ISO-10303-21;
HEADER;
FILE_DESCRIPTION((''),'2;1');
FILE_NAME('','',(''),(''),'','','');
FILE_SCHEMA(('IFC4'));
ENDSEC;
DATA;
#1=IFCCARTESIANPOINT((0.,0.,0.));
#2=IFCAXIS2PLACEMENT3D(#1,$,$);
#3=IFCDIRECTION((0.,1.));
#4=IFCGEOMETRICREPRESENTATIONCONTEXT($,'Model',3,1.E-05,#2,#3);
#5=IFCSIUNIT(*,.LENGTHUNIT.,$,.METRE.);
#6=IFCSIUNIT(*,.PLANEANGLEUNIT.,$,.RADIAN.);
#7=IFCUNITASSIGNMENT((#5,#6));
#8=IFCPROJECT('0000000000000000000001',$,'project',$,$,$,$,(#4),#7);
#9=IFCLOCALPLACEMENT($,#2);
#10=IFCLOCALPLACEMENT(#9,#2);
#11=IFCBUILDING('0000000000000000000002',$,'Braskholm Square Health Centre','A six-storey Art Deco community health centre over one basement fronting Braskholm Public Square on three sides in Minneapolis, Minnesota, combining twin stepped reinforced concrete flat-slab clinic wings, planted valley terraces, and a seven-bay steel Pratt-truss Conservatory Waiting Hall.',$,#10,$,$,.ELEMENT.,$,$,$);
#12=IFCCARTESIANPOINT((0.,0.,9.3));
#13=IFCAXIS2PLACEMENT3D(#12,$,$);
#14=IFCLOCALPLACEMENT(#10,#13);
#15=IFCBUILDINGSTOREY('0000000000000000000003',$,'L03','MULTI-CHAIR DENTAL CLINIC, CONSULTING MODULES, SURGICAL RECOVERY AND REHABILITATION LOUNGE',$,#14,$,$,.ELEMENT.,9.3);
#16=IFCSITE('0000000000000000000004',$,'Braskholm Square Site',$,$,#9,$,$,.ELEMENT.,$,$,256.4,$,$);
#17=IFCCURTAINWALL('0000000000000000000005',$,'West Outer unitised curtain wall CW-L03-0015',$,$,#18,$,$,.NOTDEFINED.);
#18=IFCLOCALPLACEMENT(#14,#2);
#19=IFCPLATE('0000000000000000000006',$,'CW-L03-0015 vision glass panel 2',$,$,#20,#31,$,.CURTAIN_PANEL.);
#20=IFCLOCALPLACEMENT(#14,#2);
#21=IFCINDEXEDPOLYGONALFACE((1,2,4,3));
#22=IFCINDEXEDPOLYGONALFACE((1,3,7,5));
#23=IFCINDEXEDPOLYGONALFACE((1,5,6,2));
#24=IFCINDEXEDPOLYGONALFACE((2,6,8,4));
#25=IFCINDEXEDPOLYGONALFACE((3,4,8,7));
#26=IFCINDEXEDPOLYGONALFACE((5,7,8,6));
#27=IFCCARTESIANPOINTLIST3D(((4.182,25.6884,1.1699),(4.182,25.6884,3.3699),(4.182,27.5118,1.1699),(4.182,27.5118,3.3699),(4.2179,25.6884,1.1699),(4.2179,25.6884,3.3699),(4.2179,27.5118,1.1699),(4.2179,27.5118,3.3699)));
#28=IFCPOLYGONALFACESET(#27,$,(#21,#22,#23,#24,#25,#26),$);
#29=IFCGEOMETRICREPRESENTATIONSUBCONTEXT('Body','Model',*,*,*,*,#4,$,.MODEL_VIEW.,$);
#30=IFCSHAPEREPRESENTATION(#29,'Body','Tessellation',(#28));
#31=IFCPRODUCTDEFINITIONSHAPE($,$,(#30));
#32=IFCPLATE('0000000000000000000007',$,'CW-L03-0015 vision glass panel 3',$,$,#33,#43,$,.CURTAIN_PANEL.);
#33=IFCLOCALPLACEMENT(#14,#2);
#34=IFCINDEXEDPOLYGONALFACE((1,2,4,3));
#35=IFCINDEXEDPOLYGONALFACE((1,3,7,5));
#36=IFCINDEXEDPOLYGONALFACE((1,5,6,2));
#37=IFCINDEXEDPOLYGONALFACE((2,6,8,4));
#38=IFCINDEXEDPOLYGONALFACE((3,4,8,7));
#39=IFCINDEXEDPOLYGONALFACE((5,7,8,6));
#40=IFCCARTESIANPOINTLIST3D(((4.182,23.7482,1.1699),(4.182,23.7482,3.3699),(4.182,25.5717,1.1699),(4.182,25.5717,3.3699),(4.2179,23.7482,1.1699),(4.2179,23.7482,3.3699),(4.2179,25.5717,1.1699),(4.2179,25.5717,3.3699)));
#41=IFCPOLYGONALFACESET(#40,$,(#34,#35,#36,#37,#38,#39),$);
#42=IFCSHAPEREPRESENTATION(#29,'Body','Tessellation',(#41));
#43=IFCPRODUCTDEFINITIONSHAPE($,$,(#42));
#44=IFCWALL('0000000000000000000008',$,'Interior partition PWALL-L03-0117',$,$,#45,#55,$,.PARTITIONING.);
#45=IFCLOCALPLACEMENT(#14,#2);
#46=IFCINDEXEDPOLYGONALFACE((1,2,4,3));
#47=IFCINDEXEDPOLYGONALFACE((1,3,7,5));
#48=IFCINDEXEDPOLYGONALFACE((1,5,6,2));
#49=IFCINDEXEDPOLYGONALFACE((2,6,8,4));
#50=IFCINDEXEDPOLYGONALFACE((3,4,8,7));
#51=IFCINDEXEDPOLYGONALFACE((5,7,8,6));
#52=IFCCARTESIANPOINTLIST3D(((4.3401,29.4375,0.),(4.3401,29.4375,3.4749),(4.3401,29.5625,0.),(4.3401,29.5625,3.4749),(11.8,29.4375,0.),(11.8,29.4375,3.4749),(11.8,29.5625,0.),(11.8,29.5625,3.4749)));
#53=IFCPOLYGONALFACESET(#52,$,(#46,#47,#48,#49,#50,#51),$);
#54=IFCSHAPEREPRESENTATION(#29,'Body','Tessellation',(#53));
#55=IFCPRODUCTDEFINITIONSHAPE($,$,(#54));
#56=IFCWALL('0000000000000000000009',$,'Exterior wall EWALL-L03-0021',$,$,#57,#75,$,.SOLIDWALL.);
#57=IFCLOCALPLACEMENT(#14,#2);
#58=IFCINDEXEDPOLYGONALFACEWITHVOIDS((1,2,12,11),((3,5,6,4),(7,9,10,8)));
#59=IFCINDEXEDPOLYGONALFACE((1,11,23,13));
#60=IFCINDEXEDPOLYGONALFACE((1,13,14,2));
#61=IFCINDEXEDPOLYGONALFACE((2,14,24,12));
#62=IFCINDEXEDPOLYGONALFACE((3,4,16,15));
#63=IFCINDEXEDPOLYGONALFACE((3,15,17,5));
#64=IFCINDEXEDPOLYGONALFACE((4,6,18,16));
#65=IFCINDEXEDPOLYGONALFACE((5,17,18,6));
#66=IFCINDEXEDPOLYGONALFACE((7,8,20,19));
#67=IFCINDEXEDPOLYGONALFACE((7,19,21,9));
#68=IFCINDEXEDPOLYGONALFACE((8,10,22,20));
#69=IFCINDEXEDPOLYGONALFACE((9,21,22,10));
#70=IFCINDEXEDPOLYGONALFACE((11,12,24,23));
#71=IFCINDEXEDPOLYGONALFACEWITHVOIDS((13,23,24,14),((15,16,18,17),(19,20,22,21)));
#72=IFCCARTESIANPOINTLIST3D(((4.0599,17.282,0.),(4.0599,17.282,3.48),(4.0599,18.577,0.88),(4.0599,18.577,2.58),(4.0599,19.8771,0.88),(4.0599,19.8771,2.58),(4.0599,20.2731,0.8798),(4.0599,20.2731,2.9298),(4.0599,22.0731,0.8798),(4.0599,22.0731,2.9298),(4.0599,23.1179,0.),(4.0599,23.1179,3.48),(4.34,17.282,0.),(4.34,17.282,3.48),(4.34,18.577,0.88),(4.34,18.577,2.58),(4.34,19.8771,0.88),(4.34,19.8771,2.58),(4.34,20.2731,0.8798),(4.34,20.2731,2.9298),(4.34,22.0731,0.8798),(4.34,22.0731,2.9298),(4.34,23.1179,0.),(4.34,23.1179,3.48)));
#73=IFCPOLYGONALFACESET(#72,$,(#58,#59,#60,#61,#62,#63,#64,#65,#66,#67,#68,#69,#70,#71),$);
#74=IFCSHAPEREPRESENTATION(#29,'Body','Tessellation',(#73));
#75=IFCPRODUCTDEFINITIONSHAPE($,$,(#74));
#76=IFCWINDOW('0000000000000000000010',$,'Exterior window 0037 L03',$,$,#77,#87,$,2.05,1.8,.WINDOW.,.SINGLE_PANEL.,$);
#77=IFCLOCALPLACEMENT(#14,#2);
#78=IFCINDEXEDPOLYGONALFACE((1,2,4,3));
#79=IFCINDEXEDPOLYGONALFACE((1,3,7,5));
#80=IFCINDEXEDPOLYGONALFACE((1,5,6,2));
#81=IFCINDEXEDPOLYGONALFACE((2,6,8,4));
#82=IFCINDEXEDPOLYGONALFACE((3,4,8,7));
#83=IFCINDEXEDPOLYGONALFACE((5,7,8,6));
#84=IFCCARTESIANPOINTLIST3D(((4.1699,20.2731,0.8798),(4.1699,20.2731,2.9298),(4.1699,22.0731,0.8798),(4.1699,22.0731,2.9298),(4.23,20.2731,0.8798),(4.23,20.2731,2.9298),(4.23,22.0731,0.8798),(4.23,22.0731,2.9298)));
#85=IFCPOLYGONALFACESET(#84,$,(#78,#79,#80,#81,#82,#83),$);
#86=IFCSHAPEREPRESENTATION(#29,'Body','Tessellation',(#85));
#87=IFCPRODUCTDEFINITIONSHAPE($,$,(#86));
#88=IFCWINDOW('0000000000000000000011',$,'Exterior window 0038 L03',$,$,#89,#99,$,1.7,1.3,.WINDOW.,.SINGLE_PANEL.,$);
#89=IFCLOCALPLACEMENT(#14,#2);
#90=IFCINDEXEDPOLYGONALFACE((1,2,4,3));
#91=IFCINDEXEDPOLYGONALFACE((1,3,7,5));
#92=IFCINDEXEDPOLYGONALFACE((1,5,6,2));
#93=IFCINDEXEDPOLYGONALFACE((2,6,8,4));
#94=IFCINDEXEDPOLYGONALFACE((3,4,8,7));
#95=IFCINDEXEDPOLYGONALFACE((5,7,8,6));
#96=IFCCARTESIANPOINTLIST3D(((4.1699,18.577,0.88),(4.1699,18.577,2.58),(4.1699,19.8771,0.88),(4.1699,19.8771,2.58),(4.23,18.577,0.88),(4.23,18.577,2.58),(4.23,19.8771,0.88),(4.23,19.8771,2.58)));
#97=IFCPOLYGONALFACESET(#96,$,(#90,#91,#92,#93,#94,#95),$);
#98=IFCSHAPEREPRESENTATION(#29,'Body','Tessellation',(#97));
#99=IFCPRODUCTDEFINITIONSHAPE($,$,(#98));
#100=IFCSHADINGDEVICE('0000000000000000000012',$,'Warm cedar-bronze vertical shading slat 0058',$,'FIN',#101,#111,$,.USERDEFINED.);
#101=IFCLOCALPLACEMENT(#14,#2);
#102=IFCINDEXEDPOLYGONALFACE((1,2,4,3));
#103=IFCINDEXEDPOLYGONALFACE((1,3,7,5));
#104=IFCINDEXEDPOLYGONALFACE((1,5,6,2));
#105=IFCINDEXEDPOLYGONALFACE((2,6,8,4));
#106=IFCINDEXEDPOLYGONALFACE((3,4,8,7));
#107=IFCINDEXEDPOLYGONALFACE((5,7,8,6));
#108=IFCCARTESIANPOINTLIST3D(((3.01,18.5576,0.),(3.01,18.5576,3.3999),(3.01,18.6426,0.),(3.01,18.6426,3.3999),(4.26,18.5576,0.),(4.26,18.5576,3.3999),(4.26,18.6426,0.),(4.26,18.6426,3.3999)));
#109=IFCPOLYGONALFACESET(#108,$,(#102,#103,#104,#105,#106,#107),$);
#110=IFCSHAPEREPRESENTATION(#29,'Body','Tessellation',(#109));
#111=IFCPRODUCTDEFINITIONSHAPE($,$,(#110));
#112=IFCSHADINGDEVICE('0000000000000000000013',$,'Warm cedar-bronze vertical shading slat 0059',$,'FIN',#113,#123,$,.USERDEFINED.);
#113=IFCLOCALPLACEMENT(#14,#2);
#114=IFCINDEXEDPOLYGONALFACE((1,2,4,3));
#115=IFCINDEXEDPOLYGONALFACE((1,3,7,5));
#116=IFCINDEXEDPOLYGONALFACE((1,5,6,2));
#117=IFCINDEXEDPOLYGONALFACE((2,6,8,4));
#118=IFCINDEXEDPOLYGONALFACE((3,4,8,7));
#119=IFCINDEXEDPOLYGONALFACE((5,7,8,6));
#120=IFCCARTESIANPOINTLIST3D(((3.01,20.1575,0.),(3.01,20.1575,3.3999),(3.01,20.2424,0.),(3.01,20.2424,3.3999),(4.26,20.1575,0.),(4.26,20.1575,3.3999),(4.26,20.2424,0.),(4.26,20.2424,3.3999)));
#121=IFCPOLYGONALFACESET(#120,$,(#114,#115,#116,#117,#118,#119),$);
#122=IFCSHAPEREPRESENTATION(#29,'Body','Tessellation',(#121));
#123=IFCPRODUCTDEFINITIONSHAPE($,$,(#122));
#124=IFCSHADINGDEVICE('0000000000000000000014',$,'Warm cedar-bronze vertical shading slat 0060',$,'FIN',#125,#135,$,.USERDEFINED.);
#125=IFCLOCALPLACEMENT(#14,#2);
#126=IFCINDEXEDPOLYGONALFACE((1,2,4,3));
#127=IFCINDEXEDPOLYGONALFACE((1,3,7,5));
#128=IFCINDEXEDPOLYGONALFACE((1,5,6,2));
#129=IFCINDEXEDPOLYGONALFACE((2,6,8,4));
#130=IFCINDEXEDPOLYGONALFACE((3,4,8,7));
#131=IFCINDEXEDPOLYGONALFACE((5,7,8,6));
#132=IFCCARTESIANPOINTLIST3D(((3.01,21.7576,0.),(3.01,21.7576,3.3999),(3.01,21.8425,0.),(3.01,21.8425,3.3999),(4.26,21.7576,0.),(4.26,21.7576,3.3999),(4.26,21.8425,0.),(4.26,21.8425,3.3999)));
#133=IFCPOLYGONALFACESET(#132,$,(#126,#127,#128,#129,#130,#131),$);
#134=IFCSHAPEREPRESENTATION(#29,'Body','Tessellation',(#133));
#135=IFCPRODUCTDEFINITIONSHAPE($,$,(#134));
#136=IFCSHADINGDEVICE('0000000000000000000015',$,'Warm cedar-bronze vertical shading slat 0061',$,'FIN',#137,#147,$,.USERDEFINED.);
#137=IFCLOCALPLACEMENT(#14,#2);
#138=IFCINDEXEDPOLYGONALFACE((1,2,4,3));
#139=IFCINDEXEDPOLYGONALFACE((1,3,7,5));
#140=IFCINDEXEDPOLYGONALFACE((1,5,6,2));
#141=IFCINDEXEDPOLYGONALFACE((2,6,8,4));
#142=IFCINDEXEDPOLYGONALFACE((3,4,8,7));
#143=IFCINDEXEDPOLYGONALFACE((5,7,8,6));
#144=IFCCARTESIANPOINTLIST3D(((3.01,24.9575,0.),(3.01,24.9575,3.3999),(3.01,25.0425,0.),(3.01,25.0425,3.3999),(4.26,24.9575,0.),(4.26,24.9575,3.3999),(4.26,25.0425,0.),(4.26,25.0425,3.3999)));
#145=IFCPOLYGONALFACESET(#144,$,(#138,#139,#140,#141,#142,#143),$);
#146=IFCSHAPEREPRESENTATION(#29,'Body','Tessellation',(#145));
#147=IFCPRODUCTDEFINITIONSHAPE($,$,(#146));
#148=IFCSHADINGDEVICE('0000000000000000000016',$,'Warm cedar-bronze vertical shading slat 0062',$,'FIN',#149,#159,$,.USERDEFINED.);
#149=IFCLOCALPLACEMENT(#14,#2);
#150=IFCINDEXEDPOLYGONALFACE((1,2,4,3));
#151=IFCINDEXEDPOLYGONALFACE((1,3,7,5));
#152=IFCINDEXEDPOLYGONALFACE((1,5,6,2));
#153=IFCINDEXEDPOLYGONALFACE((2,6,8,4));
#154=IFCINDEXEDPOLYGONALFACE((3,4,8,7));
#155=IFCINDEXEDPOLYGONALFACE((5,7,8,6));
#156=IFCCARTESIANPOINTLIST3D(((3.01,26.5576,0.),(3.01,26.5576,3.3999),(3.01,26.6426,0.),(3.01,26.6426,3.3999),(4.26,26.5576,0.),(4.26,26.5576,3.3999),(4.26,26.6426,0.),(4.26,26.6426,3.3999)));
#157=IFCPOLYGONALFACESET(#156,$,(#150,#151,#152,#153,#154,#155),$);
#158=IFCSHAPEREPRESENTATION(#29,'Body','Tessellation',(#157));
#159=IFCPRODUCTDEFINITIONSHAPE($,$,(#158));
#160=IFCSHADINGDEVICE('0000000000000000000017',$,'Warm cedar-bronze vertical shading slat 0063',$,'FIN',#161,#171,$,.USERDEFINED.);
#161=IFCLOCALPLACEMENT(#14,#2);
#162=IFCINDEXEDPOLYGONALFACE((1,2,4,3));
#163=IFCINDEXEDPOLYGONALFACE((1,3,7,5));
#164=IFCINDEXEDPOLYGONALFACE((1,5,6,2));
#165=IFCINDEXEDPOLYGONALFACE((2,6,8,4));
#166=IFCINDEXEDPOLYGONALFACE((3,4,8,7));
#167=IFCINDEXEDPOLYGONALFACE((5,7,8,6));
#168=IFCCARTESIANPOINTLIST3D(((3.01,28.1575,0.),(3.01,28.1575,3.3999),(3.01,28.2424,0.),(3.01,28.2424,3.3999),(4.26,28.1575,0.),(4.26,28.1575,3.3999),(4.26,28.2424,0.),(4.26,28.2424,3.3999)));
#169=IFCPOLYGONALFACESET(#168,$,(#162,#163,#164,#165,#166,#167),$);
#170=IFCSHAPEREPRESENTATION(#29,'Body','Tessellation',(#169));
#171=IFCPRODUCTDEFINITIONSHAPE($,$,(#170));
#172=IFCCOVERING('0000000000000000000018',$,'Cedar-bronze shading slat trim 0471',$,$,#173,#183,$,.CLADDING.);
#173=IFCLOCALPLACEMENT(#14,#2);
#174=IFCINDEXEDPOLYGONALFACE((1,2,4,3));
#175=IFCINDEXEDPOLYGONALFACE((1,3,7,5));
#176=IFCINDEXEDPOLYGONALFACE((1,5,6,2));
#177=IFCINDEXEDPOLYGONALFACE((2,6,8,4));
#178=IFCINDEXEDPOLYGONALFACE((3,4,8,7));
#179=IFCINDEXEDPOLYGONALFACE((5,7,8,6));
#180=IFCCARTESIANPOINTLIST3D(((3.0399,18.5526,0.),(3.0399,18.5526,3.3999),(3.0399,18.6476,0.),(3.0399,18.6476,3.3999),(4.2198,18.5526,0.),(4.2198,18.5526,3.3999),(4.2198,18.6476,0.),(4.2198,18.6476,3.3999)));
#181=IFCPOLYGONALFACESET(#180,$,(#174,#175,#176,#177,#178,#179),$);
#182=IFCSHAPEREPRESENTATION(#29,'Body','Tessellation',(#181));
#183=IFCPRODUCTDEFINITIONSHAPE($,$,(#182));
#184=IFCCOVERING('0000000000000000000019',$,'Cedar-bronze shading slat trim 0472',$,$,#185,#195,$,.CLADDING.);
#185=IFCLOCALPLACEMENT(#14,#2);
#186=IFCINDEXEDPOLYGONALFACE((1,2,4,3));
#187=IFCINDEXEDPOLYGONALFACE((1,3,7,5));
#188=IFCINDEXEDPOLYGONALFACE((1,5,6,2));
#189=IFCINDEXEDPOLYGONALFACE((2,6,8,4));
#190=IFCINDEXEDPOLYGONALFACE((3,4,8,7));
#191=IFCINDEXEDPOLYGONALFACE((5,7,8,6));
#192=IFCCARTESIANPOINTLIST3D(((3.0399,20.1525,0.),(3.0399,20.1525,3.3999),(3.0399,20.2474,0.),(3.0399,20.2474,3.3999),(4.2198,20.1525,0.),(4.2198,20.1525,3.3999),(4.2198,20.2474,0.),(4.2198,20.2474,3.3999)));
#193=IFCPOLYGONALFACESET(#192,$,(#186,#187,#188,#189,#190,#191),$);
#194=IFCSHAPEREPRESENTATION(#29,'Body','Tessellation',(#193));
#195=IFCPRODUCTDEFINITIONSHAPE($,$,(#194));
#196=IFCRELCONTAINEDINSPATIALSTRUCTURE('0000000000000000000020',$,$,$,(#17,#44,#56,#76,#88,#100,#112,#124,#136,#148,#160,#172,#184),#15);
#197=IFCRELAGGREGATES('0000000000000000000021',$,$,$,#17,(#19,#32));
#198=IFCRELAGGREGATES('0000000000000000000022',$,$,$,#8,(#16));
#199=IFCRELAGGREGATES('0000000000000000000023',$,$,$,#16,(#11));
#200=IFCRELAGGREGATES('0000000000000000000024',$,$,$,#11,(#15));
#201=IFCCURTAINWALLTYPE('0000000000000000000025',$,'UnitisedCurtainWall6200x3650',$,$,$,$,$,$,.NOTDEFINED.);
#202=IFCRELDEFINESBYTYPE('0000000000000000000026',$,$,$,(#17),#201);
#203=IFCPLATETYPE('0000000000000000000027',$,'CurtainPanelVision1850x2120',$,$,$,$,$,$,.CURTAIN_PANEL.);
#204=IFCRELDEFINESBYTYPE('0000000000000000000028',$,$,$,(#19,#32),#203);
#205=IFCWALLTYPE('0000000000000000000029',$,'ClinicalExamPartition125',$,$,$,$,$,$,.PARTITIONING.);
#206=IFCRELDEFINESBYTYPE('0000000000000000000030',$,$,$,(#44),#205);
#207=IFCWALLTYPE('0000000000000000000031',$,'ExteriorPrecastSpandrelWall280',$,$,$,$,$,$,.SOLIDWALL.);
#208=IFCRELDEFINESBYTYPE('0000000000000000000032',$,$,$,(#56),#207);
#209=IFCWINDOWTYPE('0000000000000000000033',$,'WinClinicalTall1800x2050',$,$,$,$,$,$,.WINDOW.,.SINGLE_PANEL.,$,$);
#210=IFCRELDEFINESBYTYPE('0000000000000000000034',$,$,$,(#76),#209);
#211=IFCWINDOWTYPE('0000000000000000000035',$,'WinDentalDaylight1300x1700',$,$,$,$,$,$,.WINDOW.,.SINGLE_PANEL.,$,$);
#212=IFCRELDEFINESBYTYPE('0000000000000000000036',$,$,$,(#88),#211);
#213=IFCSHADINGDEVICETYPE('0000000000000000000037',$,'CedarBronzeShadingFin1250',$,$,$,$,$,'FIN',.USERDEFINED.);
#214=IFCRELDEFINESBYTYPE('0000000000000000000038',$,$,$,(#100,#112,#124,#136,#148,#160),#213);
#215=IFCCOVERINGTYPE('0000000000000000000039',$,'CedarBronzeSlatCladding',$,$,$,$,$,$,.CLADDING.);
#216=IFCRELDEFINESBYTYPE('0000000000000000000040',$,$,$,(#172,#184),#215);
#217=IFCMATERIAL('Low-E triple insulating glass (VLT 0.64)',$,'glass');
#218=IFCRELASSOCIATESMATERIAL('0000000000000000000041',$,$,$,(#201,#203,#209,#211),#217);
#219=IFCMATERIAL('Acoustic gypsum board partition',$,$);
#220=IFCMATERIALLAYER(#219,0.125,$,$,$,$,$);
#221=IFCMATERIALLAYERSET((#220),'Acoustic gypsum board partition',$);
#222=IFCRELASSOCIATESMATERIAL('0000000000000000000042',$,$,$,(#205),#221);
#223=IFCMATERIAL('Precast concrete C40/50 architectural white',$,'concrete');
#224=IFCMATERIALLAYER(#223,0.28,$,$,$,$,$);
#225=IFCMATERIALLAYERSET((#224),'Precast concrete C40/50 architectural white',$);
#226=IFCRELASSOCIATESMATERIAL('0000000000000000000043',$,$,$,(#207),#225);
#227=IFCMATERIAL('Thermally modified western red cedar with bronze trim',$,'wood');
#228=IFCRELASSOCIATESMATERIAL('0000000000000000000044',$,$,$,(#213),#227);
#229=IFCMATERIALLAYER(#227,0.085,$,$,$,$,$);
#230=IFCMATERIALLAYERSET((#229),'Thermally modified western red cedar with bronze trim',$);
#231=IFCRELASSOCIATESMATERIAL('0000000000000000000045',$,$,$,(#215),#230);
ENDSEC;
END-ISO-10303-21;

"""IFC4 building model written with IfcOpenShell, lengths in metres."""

from ifc_helpers import new_model, si_unit, direction, frame, frame_2d, origin, origin_with_axes, origin_2d, place, context, subcontext, project, spatial, rectangle, extrude, material, layer, layer_set, type_object, element, fill, aggregate, save


model = new_model("IFC4")

# Units and contexts
model_context = context("Model", 3, precision=1e-05, world=origin(), true_north=direction((0.0, 1.0)))
body_context = subcontext(model_context, "Body", "Model", "MODEL_VIEW")
ifc_project = project(units=[si_unit("LENGTHUNIT", "METRE"), si_unit("PLANEANGLEUNIT", "RADIAN")], contexts=[model_context])

# Site, building, storey
site_placement = place(None, origin())
site = spatial("IfcSite", under=ifc_project, at=site_placement, Name="Braskholm Square Site", CompositionType="ELEMENT", RefElevation=256.4)
building_placement = place(site_placement, origin())
building = spatial("IfcBuilding", under=site, at=building_placement, Name="Braskholm Square Health Centre", Description="A six-storey Art Deco community health centre over one basement fronting Braskholm Public Square on three sides in Minneapolis, Minnesota, combining twin stepped reinforced concrete flat-slab clinic wings, planted valley terraces, and a seven-bay steel Pratt-truss Conservatory Waiting Hall.", CompositionType="ELEMENT")
storey_placement = place(building_placement, frame((0.0, 0.0, 9.3)))
storey = spatial("IfcBuildingStorey", under=building, at=storey_placement, Name="L03", Description="MULTI-CHAIR DENTAL CLINIC, CONSULTING MODULES, SURGICAL RECOVERY AND REHABILITATION LOUNGE", CompositionType="ELEMENT", Elevation=9.3)

# Shared definitions
ifc_material_1 = material(Name="Precast concrete C40/50 architectural white", Category="concrete")

# Curtain wall
ifc_material_2 = material(Name="Low-E triple insulating glass (VLT 0.64)", Category="glass")
curtain_wall_type = type_object("IfcCurtainWallType", Name="UnitisedCurtainWall6200x3650", PredefinedType="NOTDEFINED", material=ifc_material_2)
curtain_wall_placement = place(storey_placement, origin())
curtain_wall = element("IfcCurtainWall", 1, at=curtain_wall_placement, inside=storey, type_object=curtain_wall_type, Name="West Outer unitised curtain wall CW-L03-0015", PredefinedType="NOTDEFINED")

# Plates
plate_type_1 = type_object("IfcPlateType", Name="CurtainPanelVision1850x2120", PredefinedType="CURTAIN_PANEL", material=ifc_material_2)
plate_1_placement = place(storey_placement, frame((4.2, 26.6001, 1.1699), z_axis=(0.0, 0.0, 1.0), x_axis=(0.0, -1.0, 0.0)))
plate_1 = element("IfcPlate", 2, at=plate_1_placement, type_object=plate_type_1, Name="CW-L03-0015 vision glass panel 2", PredefinedType="CURTAIN_PANEL", context=body_context, shape_type="SweptSolid", body=[
    extrude(rectangle(XDim=1.8235, YDim=0.0359, at=origin_2d()), origin(), (0.0, 0.0, 1.0), 2.2),
])
plate_2_placement = place(storey_placement, frame((4.2, 24.6599, 1.1699), z_axis=(0.0, 0.0, 1.0), x_axis=(0.0, -1.0, 0.0)))
plate_2 = element("IfcPlate", 3, at=plate_2_placement, type_object=plate_type_1, Name="CW-L03-0015 vision glass panel 3", PredefinedType="CURTAIN_PANEL", context=body_context, shape_type="SweptSolid", body=[
    extrude(rectangle(XDim=1.8235, YDim=0.0359, at=origin_2d()), origin(), (0.0, 0.0, 1.0), 2.2),
])
aggregate(curtain_wall, [plate_1, plate_2])

# Wall
ifc_material_3 = material(Name="Acoustic gypsum board partition")
ifc_layer_1 = layer(ifc_material_3, 0.125)
ifc_layer_set_1 = layer_set([ifc_layer_1], Name="Acoustic gypsum board partition")
wall_type_1 = type_object("IfcWallType", Name="ClinicalExamPartition125", PredefinedType="PARTITIONING", material=ifc_layer_set_1)
wall_1_placement = place(storey_placement, frame((4.3401, 29.5, 0.0), z_axis=(0.0, 0.0, 1.0), x_axis=(1.0, 0.0, 0.0)))
element("IfcWall", 4, at=wall_1_placement, inside=storey, type_object=wall_type_1, Name="Interior partition PWALL-L03-0117", PredefinedType="PARTITIONING", context=body_context, shape_type="SweptSolid", body=[
    extrude(rectangle(XDim=7.46, YDim=0.125, at=frame_2d((3.73, 0.0))), origin(), (0.0, 0.0, 1.0), 3.4749),
])

# Wall, openings, windows
ifc_layer_2 = layer(ifc_material_1, 0.28)
ifc_layer_set_2 = layer_set([ifc_layer_2], Name="Precast concrete C40/50 architectural white")
wall_type_2 = type_object("IfcWallType", Name="ExteriorPrecastSpandrelWall280", PredefinedType="SOLIDWALL", material=ifc_layer_set_2)
wall_2_placement = place(storey_placement, frame((4.2, 23.1179, 0.0), z_axis=(0.0, 0.0, 1.0), x_axis=(0.0, -1.0, 0.0)))
wall_2 = element("IfcWall", 5, at=wall_2_placement, inside=storey, type_object=wall_type_2, Name="Exterior wall EWALL-L03-0021", PredefinedType="SOLIDWALL", context=body_context, shape_type="SweptSolid", body=[
    extrude(rectangle(XDim=5.8359, YDim=0.28, at=frame_2d((2.918, 0.0))), origin(), (0.0, 0.0, 1.0), 3.48),
])
opening_1_placement = place(wall_2_placement, frame((1.0449, 0.0, 0.8799)))
opening_1 = element("IfcOpeningElement", 6, at=opening_1_placement, cuts=wall_2, PredefinedType="OPENING", context=body_context, shape_type="SweptSolid", body=[
    extrude(rectangle(XDim=1.8, YDim=2.05, at=frame_2d((0.8999, 1.0249))), frame((0.0, 0.1499, 0.0), z_axis=(0.0, -1.0, 0.0), x_axis=(1.0, 0.0, 0.0)), (0.0, 0.0, 1.0), 0.3),
])
opening_2_placement = place(wall_2_placement, frame((3.241, 0.0, 0.8799)))
opening_2 = element("IfcOpeningElement", 7, at=opening_2_placement, cuts=wall_2, PredefinedType="OPENING", context=body_context, shape_type="SweptSolid", body=[
    extrude(rectangle(XDim=1.3, YDim=1.7, at=frame_2d((0.6499, 0.8501))), frame((0.0, 0.1499, 0.0), z_axis=(0.0, -1.0, 0.0), x_axis=(1.0, 0.0, 0.0)), (0.0, 0.0, 1.0), 0.3),
])
window_type_1 = type_object("IfcWindowType", Name="WinClinicalTall1800x2050", PartitioningType="SINGLE_PANEL", PredefinedType="WINDOW", material=ifc_material_2)
window_1_placement = place(opening_1_placement, origin_with_axes())
window_1 = element("IfcWindow", 8, at=window_1_placement, inside=storey, type_object=window_type_1, Name="Exterior window 0037 L03", OverallHeight=2.05, OverallWidth=1.8, PartitioningType="SINGLE_PANEL", PredefinedType="WINDOW", context=body_context, shape_type="SweptSolid", body=[
    extrude(rectangle(XDim=1.8, YDim=2.05, at=frame_2d((0.8999, 1.0249))), frame((0.0, 0.03, 0.0), z_axis=(0.0, -1.0, 0.0), x_axis=(1.0, 0.0, 0.0)), (0.0, 0.0, 1.0), 0.0601),
])
fill(opening_1, window_1)
window_type_2 = type_object("IfcWindowType", Name="WinDentalDaylight1300x1700", PartitioningType="SINGLE_PANEL", PredefinedType="WINDOW", material=ifc_material_2)
window_2_placement = place(opening_2_placement, origin_with_axes())
window_2 = element("IfcWindow", 9, at=window_2_placement, inside=storey, type_object=window_type_2, Name="Exterior window 0038 L03", OverallHeight=1.7, OverallWidth=1.3, PartitioningType="SINGLE_PANEL", PredefinedType="WINDOW", context=body_context, shape_type="SweptSolid", body=[
    extrude(rectangle(XDim=1.3, YDim=1.7, at=frame_2d((0.6499, 0.8501))), frame((0.0, 0.03, 0.0), z_axis=(0.0, -1.0, 0.0), x_axis=(1.0, 0.0, 0.0)), (0.0, 0.0, 1.0), 0.0601),
])
fill(opening_2, window_2)

# Shading devices
ifc_material_4 = material(Name="Thermally modified western red cedar with bronze trim", Category="wood")
shading_device_type = type_object("IfcShadingDeviceType", Name="CedarBronzeShadingFin1250", ElementType="FIN", PredefinedType="USERDEFINED", material=ifc_material_4)
for number, where, z_axis, x_axis, name in (
    (10, (3.635, 18.6001, 0.0), (0.0, 0.0, 1.0), (1.0, 0.0, 0.0), "Warm cedar-bronze vertical shading slat 0058"),
    (11, (3.635, 20.2, 0.0), (0.0, 0.0, 1.0), (1.0, 0.0, 0.0), "Warm cedar-bronze vertical shading slat 0059"),
    (12, (3.635, 21.8, 0.0), (0.0, 0.0, 1.0), (1.0, 0.0, 0.0), "Warm cedar-bronze vertical shading slat 0060"),
    (13, (3.635, 25.0, 0.0), (0.0, 0.0, 1.0), (1.0, 0.0, 0.0), "Warm cedar-bronze vertical shading slat 0061"),
    (14, (3.635, 26.6001, 0.0), (0.0, 0.0, 1.0), (1.0, 0.0, 0.0), "Warm cedar-bronze vertical shading slat 0062"),
    (15, (3.635, 28.2, 0.0), (0.0, 0.0, 1.0), (1.0, 0.0, 0.0), "Warm cedar-bronze vertical shading slat 0063"),
):
    element("IfcShadingDevice", number, at=place(storey_placement, frame(where, z_axis=z_axis, x_axis=x_axis)), inside=storey, type_object=shading_device_type, Name=name, ObjectType="FIN", PredefinedType="USERDEFINED", context=body_context, shape_type="SweptSolid", body=[
        extrude(rectangle(XDim=1.25, YDim=0.085, at=origin_2d()), origin(), (0.0, 0.0, 1.0), 3.3999),
    ])

# Coverings
ifc_layer_3 = layer(ifc_material_4, 0.085)
ifc_layer_set_3 = layer_set([ifc_layer_3], Name="Thermally modified western red cedar with bronze trim")
covering_type_1 = type_object("IfcCoveringType", Name="CedarBronzeSlatCladding", PredefinedType="CLADDING", material=ifc_layer_set_3)
for number, where, z_axis, x_axis, name in (
    (16, (3.6299, 18.6001, 0.0), (0.0, 0.0, 1.0), (1.0, 0.0, 0.0), "Cedar-bronze shading slat trim 0471"),
    (17, (3.6299, 20.2, 0.0), (0.0, 0.0, 1.0), (1.0, 0.0, 0.0), "Cedar-bronze shading slat trim 0472"),
):
    element("IfcCovering", number, at=place(storey_placement, frame(where, z_axis=z_axis, x_axis=x_axis)), inside=storey, type_object=covering_type_1, Name=name, PredefinedType="CLADDING", context=body_context, shape_type="SweptSolid", body=[
        extrude(rectangle(XDim=1.1799, YDim=0.095, at=origin_2d()), origin(), (0.0, 0.0, 1.0), 3.3999),
    ])

save(model, "model.ifc")
